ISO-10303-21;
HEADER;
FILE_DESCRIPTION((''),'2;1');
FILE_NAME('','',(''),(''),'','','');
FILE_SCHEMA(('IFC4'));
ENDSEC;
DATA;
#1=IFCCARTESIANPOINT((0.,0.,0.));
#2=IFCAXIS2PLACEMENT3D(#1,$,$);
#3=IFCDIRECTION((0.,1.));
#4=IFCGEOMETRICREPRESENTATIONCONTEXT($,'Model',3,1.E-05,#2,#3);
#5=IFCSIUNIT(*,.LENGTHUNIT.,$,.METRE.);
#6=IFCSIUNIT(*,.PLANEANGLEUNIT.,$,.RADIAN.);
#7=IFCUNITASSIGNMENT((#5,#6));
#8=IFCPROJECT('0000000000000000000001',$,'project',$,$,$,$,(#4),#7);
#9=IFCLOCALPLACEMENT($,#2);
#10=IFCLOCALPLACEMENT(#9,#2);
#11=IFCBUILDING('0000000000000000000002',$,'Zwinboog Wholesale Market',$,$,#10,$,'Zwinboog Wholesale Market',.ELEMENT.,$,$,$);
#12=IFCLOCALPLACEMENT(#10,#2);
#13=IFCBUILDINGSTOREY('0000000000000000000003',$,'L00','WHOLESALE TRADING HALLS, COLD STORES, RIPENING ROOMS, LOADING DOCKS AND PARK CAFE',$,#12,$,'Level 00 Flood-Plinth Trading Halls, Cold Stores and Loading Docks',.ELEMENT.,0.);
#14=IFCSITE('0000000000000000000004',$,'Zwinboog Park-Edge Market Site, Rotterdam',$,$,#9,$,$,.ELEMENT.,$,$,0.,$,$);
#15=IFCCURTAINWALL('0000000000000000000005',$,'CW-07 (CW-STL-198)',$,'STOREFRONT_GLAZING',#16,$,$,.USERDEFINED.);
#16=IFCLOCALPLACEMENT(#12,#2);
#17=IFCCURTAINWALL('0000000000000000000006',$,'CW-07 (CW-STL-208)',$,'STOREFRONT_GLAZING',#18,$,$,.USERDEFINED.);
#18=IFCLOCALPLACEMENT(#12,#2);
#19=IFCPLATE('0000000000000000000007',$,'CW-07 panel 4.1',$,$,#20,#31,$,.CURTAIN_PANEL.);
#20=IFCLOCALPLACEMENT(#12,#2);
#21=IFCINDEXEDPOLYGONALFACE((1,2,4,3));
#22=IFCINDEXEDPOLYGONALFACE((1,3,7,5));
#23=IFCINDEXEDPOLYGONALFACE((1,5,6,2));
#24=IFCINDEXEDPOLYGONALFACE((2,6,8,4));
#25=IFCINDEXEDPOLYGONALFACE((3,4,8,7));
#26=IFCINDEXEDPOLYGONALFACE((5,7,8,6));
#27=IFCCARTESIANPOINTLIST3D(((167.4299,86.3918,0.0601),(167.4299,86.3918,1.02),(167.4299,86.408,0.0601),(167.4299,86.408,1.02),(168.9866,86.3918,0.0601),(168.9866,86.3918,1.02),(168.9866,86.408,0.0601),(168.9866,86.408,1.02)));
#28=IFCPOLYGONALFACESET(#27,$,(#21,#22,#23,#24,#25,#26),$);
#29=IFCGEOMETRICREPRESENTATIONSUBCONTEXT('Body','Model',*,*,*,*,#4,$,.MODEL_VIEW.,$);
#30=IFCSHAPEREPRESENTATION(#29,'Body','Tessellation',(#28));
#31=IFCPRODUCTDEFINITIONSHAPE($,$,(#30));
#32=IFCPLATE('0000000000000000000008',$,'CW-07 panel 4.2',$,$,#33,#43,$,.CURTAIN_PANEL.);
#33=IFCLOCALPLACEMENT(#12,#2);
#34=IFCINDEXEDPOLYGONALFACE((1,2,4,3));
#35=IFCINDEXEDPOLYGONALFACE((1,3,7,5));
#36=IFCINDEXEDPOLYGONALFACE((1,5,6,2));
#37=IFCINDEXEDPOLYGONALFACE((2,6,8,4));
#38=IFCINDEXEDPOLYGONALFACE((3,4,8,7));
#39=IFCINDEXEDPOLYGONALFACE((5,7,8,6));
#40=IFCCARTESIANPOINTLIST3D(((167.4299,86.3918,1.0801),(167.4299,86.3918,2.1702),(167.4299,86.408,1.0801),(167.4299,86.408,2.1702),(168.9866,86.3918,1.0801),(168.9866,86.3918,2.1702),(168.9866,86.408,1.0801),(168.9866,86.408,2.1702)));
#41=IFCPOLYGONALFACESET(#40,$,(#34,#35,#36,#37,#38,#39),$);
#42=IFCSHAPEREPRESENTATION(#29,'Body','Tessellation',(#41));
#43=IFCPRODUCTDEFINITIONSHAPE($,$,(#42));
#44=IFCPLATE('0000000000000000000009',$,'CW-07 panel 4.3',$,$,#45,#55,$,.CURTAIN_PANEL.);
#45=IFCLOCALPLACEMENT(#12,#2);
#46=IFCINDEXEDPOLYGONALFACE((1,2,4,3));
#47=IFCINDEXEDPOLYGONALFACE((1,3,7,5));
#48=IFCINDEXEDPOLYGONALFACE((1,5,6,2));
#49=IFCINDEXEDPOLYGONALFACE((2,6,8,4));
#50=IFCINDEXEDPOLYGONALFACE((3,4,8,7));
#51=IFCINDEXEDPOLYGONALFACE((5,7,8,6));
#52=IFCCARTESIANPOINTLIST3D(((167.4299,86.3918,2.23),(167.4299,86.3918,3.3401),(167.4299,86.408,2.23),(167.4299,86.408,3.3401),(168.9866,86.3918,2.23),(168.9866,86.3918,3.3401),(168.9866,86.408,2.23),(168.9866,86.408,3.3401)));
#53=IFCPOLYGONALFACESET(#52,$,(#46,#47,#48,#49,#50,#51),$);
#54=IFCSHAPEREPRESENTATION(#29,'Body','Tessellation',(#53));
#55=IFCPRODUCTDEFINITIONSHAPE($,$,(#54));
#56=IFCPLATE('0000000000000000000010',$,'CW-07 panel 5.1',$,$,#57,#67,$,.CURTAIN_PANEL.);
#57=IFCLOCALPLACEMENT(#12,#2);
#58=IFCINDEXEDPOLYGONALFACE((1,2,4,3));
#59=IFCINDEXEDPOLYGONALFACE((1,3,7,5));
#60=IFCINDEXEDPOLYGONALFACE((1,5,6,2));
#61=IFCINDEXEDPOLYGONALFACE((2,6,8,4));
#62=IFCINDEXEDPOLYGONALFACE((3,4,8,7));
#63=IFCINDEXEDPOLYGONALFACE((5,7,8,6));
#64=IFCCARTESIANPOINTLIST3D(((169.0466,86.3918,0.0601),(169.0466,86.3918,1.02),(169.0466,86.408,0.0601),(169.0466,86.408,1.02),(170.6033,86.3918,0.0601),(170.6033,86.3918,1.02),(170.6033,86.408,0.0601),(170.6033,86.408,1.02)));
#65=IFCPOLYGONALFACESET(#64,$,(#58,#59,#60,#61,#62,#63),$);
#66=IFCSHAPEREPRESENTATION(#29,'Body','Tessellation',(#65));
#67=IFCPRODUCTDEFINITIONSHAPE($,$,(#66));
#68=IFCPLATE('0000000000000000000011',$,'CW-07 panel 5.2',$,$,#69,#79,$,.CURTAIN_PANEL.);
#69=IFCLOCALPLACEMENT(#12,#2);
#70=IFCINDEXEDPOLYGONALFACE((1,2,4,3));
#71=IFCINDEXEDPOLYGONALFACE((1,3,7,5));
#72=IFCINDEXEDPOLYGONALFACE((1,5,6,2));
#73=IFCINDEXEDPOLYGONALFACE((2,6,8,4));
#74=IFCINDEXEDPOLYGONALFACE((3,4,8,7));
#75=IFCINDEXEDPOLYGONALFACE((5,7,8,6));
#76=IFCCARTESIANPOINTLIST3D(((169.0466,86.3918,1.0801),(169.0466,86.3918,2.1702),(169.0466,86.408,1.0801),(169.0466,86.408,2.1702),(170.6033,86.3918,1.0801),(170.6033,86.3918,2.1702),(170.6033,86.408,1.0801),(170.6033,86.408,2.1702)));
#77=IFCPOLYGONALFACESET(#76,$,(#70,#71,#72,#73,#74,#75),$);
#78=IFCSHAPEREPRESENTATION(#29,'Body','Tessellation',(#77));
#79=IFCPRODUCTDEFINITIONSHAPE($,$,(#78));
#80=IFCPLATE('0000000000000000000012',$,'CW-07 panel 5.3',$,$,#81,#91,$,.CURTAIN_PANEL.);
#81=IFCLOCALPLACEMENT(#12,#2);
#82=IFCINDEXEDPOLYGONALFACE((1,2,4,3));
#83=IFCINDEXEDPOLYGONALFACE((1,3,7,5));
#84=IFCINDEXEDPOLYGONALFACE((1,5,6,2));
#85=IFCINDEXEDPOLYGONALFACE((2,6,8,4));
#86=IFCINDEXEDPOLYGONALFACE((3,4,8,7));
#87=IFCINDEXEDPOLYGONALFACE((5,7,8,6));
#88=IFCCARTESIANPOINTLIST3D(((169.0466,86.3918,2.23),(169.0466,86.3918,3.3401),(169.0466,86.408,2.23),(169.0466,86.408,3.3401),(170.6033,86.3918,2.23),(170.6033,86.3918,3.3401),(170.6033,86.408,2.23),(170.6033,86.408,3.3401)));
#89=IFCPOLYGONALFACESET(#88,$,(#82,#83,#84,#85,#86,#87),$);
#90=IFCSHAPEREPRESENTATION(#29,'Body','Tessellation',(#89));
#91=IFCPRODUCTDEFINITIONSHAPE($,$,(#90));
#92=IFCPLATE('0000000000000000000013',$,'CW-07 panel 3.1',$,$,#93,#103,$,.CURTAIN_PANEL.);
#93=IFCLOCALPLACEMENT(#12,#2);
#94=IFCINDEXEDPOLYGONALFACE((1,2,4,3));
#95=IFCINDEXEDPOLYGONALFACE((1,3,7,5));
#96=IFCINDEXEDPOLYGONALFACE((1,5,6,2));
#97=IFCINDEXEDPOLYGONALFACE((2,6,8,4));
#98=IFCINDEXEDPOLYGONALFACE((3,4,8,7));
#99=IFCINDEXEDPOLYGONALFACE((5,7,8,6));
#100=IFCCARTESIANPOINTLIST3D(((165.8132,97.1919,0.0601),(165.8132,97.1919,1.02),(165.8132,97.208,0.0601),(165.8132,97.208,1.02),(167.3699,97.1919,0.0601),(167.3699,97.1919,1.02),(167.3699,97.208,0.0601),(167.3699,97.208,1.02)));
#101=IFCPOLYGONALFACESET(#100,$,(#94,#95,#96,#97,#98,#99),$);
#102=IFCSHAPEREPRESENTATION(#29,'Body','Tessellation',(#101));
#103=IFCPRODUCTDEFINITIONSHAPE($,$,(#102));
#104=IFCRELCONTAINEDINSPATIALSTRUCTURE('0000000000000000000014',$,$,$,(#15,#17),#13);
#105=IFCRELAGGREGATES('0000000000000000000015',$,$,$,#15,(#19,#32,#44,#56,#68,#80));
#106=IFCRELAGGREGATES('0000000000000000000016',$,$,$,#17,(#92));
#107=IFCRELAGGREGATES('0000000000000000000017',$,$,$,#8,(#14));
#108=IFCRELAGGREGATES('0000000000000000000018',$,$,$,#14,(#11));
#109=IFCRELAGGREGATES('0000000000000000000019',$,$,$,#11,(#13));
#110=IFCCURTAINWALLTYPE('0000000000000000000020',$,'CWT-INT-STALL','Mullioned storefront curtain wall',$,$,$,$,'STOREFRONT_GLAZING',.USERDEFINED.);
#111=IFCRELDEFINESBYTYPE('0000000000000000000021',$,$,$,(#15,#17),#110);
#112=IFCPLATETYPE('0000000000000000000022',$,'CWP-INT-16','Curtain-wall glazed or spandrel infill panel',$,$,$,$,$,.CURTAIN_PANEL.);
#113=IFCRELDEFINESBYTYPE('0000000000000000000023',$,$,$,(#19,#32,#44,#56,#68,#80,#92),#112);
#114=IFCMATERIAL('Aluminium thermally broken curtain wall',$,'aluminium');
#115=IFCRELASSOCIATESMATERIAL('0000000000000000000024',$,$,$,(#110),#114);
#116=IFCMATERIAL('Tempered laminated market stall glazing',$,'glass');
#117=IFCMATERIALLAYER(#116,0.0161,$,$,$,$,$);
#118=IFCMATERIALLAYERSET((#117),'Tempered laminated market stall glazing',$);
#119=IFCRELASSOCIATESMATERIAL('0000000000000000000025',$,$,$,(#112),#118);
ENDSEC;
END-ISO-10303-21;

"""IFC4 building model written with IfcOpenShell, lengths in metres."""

from ifc_helpers import new_model, si_unit, direction, frame, origin, origin_2d, place, context, subcontext, project, spatial, rectangle, extrude, material, layer, layer_set, type_object, element, aggregate, save


model = new_model("IFC4")

# Units and contexts
model_context = context("Model", 3, precision=1e-05, world=origin(), true_north=direction((0.0, 1.0)))
body_context = subcontext(model_context, "Body", "Model", "MODEL_VIEW")
ifc_project = project(units=[si_unit("LENGTHUNIT", "METRE"), si_unit("PLANEANGLEUNIT", "RADIAN")], contexts=[model_context])

# Site, building, storey
site_placement = place(None, origin())
site = spatial("IfcSite", under=ifc_project, at=site_placement, Name="Zwinboog Park-Edge Market Site, Rotterdam", CompositionType="ELEMENT", RefElevation=0.0)
building_placement = place(site_placement, origin())
building = spatial("IfcBuilding", under=site, at=building_placement, Name="Zwinboog Wholesale Market", LongName="Zwinboog Wholesale Market", CompositionType="ELEMENT")
storey_placement = place(building_placement, origin())
storey = spatial("IfcBuildingStorey", under=building, at=storey_placement, Name="L00", Description="WHOLESALE TRADING HALLS, COLD STORES, RIPENING ROOMS, LOADING DOCKS AND PARK CAFE", LongName="Level 00 Flood-Plinth Trading Halls, Cold Stores and Loading Docks", CompositionType="ELEMENT", Elevation=0.0)

# Curtain walls
ifc_material_1 = material(Name="Aluminium thermally broken curtain wall", Category="aluminium")
curtain_wall_type = type_object("IfcCurtainWallType", Name="CWT-INT-STALL", Description="Mullioned storefront curtain wall", ElementType="STOREFRONT_GLAZING", PredefinedType="USERDEFINED", material=ifc_material_1)
curtain_wall_1_placement = place(storey_placement, origin())
curtain_wall_1 = element("IfcCurtainWall", 1, at=curtain_wall_1_placement, inside=storey, type_object=curtain_wall_type, Name="CW-07 (CW-STL-198)", ObjectType="STOREFRONT_GLAZING", PredefinedType="USERDEFINED")
curtain_wall_2_placement = place(storey_placement, origin())
curtain_wall_2 = element("IfcCurtainWall", 2, at=curtain_wall_2_placement, inside=storey, type_object=curtain_wall_type, Name="CW-07 (CW-STL-208)", ObjectType="STOREFRONT_GLAZING", PredefinedType="USERDEFINED")

# Plates
ifc_material_2 = material(Name="Tempered laminated market stall glazing", Category="glass")
ifc_layer = layer(ifc_material_2, 0.0161)
ifc_layer_set = layer_set([ifc_layer], Name="Tempered laminated market stall glazing")
plate_type = type_object("IfcPlateType", Name="CWP-INT-16", Description="Curtain-wall glazed or spandrel infill panel", PredefinedType="CURTAIN_PANEL", material=ifc_layer_set)
plate_1_placement = place(storey_placement, frame((168.2083, 86.3999, 0.0601), z_axis=(0.0, 0.0, 1.0), x_axis=(1.0, 0.0, 0.0)))
plate_1 = element("IfcPlate", 3, at=plate_1_placement, type_object=plate_type, Name="CW-07 panel 4.1", PredefinedType="CURTAIN_PANEL", context=body_context, shape_type="SweptSolid", body=[
    extrude(rectangle(XDim=1.5566, YDim=0.0161, at=origin_2d()), origin(), (0.0, 0.0, 1.0), 0.96),
])
plate_2_placement = place(storey_placement, frame((168.2083, 86.3999, 1.0801), z_axis=(0.0, 0.0, 1.0), x_axis=(1.0, 0.0, 0.0)))
plate_2 = element("IfcPlate", 4, at=plate_2_placement, type_object=plate_type, Name="CW-07 panel 4.2", PredefinedType="CURTAIN_PANEL", context=body_context, shape_type="SweptSolid", body=[
    extrude(rectangle(XDim=1.5566, YDim=0.0161, at=origin_2d()), origin(), (0.0, 0.0, 1.0), 1.0901),
])
plate_3_placement = place(storey_placement, frame((168.2083, 86.3999, 2.23), z_axis=(0.0, 0.0, 1.0), x_axis=(1.0, 0.0, 0.0)))
plate_3 = element("IfcPlate", 5, at=plate_3_placement, type_object=plate_type, Name="CW-07 panel 4.3", PredefinedType="CURTAIN_PANEL", context=body_context, shape_type="SweptSolid", body=[
    extrude(rectangle(XDim=1.5566, YDim=0.0161, at=origin_2d()), origin(), (0.0, 0.0, 1.0), 1.1101),
])
plate_4_placement = place(storey_placement, frame((169.825, 86.3999, 0.0601), z_axis=(0.0, 0.0, 1.0), x_axis=(1.0, 0.0, 0.0)))
plate_4 = element("IfcPlate", 6, at=plate_4_placement, type_object=plate_type, Name="CW-07 panel 5.1", PredefinedType="CURTAIN_PANEL", context=body_context, shape_type="SweptSolid", body=[
    extrude(rectangle(XDim=1.5566, YDim=0.0161, at=origin_2d()), origin(), (0.0, 0.0, 1.0), 0.96),
])
plate_5_placement = place(storey_placement, frame((169.825, 86.3999, 1.0801), z_axis=(0.0, 0.0, 1.0), x_axis=(1.0, 0.0, 0.0)))
plate_5 = element("IfcPlate", 7, at=plate_5_placement, type_object=plate_type, Name="CW-07 panel 5.2", PredefinedType="CURTAIN_PANEL", context=body_context, shape_type="SweptSolid", body=[
    extrude(rectangle(XDim=1.5566, YDim=0.0161, at=origin_2d()), origin(), (0.0, 0.0, 1.0), 1.0901),
])
plate_6_placement = place(storey_placement, frame((169.825, 86.3999, 2.23), z_axis=(0.0, 0.0, 1.0), x_axis=(1.0, 0.0, 0.0)))
plate_6 = element("IfcPlate", 8, at=plate_6_placement, type_object=plate_type, Name="CW-07 panel 5.3", PredefinedType="CURTAIN_PANEL", context=body_context, shape_type="SweptSolid", body=[
    extrude(rectangle(XDim=1.5566, YDim=0.0161, at=origin_2d()), origin(), (0.0, 0.0, 1.0), 1.1101),
])
aggregate(curtain_wall_1, [plate_1, plate_2, plate_3, plate_4, plate_5, plate_6])
plate_7_placement = place(storey_placement, frame((166.5916, 97.2, 0.0601), z_axis=(0.0, 0.0, 1.0), x_axis=(1.0, 0.0, 0.0)))
plate_7 = element("IfcPlate", 9, at=plate_7_placement, type_object=plate_type, Name="CW-07 panel 3.1", PredefinedType="CURTAIN_PANEL", context=body_context, shape_type="SweptSolid", body=[
    extrude(rectangle(XDim=1.5566, YDim=0.0161, at=origin_2d()), origin(), (0.0, 0.0, 1.0), 0.96),
])
aggregate(curtain_wall_2, [plate_7])

save(model, "model.ifc")
